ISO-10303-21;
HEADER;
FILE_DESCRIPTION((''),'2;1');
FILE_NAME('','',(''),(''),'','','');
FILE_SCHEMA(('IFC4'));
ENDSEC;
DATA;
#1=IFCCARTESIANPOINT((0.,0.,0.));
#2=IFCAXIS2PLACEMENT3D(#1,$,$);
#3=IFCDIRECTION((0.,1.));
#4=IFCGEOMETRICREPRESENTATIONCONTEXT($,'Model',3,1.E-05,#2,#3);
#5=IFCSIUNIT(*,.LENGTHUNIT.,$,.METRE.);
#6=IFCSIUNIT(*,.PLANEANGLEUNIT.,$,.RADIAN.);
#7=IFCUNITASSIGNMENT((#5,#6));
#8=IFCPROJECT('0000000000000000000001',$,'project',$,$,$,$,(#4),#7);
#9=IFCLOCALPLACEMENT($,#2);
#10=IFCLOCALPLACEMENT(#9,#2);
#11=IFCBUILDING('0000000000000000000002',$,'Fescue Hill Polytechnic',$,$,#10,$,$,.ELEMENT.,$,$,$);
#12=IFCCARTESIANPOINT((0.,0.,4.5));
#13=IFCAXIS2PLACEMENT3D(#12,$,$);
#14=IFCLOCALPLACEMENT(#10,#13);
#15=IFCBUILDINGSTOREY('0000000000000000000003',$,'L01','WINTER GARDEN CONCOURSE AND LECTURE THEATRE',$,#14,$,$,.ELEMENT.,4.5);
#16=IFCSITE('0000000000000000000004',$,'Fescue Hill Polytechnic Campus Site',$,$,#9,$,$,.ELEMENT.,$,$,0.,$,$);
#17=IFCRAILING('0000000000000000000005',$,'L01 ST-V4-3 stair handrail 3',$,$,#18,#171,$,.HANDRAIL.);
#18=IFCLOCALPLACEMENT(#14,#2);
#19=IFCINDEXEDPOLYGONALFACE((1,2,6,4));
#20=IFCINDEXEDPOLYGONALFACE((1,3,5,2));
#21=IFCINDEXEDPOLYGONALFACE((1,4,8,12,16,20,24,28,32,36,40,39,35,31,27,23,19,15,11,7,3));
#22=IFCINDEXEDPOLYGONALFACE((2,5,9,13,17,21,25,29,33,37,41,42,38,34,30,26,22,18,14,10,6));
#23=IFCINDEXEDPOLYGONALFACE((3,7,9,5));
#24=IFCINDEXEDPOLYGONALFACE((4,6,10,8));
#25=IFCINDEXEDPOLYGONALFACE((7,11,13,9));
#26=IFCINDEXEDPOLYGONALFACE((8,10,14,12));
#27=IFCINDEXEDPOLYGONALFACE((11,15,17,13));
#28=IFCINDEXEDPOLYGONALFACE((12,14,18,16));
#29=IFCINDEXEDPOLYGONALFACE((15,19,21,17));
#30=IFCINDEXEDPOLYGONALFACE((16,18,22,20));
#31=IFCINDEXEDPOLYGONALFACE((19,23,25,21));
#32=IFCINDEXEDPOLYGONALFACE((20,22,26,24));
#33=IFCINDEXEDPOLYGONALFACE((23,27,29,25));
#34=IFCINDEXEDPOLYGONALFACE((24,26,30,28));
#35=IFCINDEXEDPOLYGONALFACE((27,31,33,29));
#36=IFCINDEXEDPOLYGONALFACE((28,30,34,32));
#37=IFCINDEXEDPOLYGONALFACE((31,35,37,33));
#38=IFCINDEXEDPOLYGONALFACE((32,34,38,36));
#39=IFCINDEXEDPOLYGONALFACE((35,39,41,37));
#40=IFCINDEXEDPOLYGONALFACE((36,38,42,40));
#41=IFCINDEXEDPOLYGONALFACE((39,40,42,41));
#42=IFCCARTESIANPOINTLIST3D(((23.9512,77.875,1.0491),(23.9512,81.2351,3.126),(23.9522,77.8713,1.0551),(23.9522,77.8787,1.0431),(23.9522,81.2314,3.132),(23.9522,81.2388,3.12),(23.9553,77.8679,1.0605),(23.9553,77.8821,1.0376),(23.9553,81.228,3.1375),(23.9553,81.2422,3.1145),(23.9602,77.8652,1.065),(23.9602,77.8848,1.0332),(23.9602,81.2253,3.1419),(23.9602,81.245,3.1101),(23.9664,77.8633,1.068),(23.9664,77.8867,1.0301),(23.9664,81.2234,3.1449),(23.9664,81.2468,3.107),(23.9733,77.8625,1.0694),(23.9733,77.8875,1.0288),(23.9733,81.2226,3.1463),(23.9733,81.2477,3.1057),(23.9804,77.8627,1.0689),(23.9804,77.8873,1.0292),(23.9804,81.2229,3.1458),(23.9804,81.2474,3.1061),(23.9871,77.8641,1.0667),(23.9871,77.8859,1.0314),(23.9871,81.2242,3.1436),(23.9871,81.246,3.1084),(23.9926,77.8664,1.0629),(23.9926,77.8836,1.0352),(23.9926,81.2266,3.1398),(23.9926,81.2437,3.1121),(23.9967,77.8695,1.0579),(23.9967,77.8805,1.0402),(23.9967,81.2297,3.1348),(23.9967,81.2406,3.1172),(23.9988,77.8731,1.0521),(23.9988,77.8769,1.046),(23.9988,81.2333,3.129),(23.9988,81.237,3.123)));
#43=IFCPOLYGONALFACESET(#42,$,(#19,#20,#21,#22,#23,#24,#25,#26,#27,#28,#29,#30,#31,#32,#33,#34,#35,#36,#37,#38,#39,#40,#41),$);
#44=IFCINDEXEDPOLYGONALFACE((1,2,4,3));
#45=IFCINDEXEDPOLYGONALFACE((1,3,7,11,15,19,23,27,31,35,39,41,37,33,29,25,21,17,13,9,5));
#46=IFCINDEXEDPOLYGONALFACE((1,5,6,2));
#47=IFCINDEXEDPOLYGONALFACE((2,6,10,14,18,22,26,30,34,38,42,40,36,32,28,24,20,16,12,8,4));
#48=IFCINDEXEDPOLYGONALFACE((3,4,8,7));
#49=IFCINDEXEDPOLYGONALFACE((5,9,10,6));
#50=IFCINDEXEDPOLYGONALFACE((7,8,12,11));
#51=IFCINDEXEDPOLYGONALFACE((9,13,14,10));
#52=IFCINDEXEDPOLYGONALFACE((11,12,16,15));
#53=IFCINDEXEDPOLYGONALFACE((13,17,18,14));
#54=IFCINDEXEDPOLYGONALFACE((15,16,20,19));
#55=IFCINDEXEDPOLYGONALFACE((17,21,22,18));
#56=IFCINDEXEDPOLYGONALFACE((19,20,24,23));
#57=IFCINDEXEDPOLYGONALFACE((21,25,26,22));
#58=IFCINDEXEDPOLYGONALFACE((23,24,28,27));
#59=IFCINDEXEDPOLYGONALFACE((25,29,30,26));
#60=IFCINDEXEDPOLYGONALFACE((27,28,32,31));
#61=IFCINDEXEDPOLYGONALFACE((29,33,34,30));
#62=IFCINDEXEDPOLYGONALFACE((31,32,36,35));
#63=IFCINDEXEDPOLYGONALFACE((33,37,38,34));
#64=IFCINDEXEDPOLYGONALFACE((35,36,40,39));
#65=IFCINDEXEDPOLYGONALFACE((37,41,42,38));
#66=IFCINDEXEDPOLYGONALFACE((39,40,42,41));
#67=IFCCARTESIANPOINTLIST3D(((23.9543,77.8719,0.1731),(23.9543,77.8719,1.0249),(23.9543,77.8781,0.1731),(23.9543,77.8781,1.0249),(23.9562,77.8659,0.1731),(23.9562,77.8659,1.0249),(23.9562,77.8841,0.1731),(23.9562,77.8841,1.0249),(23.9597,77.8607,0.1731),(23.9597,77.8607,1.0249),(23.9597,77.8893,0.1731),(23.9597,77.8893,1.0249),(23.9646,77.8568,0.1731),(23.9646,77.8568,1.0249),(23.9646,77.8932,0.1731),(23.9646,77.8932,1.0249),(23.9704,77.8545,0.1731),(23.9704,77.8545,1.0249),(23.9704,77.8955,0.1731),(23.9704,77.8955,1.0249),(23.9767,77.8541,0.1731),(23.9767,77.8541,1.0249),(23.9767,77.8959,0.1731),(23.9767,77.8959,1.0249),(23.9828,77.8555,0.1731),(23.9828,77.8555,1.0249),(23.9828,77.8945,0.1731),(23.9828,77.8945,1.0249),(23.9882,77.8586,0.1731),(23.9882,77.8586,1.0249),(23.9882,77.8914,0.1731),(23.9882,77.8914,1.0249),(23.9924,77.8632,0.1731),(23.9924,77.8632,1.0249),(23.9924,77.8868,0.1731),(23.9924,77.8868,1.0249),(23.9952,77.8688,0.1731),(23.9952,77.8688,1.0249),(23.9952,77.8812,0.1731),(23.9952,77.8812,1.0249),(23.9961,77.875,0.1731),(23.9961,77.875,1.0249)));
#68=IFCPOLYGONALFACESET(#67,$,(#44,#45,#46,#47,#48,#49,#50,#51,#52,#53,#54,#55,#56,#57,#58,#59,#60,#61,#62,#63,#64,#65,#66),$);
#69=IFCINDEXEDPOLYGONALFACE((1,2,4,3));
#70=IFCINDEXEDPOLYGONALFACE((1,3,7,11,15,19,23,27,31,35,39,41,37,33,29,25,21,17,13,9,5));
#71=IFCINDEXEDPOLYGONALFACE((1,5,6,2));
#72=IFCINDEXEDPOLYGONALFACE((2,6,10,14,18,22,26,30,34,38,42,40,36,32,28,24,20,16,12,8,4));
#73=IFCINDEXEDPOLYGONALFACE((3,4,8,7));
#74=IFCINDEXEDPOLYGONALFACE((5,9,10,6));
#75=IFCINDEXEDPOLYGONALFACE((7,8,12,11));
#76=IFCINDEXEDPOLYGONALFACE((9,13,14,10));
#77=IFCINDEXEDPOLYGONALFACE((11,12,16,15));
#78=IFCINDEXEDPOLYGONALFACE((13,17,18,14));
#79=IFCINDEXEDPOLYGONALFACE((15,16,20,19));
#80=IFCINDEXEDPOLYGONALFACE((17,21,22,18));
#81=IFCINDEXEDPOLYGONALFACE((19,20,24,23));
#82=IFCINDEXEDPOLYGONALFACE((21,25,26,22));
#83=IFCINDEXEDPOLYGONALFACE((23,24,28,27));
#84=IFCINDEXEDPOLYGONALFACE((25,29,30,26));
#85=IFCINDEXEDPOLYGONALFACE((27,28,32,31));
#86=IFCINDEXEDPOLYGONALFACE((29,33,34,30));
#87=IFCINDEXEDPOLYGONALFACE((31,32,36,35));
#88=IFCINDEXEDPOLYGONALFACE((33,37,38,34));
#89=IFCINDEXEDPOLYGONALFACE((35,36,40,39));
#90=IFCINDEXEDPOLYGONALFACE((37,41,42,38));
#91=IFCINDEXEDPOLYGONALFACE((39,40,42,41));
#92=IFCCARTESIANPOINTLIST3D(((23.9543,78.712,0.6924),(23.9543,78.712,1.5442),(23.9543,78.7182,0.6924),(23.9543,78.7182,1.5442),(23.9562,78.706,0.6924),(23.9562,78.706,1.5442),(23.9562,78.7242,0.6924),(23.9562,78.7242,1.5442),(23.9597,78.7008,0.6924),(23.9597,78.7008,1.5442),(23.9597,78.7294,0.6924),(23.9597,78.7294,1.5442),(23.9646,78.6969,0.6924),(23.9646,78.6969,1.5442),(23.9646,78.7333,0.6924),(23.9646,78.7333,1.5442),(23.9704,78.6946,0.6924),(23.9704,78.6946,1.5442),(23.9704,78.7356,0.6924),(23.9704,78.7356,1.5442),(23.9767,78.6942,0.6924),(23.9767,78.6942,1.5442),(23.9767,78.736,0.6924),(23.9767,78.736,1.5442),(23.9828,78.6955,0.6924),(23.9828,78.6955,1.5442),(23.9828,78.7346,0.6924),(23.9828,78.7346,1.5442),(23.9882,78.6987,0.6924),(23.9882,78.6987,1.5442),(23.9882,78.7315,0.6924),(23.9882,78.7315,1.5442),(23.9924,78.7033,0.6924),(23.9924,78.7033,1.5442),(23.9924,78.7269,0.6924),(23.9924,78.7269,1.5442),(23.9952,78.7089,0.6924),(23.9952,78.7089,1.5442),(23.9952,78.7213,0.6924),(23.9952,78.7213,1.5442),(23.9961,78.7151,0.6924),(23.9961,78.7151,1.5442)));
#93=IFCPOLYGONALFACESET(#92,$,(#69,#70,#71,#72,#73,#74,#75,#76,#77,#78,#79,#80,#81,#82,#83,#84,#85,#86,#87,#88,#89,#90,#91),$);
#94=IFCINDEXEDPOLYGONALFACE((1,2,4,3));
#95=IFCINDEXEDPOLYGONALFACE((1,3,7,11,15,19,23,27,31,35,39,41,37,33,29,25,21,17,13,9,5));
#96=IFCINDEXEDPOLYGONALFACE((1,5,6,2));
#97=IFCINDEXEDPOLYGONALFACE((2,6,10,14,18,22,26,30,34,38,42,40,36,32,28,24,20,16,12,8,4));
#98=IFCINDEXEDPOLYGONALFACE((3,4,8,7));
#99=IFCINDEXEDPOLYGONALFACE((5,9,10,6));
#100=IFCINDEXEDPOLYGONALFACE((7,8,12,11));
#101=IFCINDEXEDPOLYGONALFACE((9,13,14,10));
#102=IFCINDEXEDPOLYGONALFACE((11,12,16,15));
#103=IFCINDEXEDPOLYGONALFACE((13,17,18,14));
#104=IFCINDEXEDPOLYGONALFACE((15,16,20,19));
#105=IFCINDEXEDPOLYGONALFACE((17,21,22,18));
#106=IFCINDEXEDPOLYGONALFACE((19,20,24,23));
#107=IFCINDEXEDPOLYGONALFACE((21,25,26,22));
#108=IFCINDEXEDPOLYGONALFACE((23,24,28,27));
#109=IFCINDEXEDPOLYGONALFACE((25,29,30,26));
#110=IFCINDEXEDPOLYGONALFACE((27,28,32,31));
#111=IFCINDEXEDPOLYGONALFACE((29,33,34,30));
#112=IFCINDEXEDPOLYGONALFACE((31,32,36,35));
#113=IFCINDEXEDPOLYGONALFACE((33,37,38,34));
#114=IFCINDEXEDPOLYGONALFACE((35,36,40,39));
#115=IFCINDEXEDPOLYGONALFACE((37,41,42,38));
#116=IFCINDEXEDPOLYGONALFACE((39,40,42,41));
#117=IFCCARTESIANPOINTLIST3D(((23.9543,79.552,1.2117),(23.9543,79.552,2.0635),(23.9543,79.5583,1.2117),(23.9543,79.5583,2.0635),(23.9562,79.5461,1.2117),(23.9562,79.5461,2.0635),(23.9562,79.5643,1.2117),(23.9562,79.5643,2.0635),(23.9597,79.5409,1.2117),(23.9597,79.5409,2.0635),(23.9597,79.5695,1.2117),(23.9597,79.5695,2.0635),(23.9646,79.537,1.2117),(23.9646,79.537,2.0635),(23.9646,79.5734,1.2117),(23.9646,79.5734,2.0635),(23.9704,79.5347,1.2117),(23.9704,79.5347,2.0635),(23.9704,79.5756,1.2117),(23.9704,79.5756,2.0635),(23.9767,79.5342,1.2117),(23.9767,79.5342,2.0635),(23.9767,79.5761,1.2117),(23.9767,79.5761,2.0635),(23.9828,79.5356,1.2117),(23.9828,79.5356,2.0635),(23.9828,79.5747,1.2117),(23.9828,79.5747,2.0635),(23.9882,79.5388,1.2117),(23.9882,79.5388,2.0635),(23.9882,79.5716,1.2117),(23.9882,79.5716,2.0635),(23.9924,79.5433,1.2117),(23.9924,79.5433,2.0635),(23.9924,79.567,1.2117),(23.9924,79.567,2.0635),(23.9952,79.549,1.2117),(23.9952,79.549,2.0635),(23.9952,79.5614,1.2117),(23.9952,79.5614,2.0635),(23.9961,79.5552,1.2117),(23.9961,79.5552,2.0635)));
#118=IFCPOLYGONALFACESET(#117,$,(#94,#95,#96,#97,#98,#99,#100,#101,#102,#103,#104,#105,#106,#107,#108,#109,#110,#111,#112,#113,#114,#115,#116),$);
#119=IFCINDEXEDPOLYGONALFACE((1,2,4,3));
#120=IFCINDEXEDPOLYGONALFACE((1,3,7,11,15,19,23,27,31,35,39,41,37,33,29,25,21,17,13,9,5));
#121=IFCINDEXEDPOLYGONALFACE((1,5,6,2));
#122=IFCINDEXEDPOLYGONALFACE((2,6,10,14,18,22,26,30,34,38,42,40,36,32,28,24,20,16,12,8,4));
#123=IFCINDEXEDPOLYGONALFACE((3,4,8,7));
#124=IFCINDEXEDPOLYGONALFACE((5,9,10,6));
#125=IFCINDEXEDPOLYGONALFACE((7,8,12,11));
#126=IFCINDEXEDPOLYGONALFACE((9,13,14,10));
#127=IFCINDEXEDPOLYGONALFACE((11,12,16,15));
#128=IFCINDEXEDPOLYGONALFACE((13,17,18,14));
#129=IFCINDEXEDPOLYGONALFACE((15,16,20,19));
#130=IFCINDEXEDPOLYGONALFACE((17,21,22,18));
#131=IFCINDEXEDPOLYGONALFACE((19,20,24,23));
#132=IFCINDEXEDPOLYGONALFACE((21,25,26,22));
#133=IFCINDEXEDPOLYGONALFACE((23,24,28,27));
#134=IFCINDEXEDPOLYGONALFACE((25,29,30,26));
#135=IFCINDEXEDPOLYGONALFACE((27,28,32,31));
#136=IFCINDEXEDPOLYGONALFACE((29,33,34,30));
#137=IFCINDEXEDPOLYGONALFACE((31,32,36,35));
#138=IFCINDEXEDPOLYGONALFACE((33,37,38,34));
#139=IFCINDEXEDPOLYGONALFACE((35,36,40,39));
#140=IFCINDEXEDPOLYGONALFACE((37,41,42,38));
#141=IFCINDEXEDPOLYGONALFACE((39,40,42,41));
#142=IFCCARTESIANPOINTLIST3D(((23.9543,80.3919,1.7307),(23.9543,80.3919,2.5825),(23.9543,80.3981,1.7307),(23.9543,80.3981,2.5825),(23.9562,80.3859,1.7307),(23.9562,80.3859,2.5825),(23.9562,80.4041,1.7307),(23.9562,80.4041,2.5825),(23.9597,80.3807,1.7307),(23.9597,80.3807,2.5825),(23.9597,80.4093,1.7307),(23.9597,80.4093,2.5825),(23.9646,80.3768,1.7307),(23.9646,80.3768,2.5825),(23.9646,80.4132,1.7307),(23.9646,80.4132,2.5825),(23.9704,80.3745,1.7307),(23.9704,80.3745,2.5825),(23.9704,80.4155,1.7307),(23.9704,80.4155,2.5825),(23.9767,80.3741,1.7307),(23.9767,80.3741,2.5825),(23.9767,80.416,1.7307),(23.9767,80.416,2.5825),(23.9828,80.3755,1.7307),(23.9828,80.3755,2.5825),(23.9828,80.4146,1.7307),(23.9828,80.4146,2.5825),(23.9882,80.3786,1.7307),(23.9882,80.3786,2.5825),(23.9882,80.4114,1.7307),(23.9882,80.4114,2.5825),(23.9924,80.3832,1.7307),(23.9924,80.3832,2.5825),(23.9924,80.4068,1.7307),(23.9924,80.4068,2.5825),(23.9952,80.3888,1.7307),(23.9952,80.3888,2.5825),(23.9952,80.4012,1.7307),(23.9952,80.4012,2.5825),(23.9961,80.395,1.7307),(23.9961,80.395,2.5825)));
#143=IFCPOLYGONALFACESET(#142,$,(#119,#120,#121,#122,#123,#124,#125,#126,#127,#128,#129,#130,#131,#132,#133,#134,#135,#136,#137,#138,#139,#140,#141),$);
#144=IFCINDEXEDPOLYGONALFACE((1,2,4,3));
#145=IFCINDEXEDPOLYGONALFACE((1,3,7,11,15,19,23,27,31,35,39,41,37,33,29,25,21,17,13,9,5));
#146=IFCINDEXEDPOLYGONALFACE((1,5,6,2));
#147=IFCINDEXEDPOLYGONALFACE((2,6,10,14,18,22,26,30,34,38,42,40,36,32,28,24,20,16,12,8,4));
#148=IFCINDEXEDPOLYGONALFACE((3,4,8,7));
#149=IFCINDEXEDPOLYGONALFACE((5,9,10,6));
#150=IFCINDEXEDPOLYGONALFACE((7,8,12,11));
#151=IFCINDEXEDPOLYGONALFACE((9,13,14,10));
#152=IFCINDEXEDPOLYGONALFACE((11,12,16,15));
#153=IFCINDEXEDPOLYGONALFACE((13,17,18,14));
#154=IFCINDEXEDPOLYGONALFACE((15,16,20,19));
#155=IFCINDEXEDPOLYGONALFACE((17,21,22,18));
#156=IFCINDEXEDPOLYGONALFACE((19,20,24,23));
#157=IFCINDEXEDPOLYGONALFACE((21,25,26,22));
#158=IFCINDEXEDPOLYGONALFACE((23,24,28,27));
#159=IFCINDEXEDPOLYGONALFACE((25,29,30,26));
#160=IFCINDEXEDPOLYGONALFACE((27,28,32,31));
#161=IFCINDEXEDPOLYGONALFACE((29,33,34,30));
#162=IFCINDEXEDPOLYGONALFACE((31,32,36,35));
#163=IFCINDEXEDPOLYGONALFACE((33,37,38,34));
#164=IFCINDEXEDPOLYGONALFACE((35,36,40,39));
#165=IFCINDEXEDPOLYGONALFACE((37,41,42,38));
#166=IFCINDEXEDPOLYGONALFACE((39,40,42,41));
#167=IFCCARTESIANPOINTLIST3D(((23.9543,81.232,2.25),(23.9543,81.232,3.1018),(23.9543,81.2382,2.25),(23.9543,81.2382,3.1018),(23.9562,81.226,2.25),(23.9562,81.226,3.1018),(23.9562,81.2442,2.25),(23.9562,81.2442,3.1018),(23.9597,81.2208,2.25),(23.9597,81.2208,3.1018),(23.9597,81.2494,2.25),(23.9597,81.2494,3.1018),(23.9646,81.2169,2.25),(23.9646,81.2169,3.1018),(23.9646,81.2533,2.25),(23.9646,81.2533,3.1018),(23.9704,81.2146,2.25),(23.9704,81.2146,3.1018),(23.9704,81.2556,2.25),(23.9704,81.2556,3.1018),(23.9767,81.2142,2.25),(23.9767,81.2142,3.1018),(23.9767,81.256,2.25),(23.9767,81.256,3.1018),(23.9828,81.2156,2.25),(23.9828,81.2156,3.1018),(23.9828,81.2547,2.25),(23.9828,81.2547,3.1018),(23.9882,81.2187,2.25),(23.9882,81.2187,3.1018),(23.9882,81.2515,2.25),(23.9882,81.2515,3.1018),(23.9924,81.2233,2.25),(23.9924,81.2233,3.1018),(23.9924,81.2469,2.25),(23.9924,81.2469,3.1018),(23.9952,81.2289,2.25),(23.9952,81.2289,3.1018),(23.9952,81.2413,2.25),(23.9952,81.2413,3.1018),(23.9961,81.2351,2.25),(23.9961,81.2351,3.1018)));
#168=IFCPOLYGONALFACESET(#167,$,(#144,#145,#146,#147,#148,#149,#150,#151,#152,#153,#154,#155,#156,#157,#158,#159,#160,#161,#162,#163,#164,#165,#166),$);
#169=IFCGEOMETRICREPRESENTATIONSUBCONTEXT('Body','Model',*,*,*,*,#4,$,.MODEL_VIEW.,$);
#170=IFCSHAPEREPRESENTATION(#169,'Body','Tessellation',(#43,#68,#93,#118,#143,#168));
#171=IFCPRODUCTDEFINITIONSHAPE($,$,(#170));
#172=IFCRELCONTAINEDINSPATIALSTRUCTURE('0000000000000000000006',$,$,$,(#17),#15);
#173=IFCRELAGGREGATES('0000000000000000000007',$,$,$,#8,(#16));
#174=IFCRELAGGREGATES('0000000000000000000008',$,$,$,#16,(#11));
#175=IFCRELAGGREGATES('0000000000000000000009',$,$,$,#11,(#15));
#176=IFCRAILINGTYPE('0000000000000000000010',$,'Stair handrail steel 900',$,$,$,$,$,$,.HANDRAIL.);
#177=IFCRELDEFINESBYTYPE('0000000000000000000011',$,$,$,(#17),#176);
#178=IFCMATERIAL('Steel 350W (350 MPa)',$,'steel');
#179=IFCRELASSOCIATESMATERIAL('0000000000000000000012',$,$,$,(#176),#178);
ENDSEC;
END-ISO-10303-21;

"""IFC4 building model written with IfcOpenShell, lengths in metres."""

from ifc_helpers import new_model, si_unit, direction, frame, origin, origin_2d, place, context, subcontext, project, spatial, circle, extrude, material, type_object, element, save


model = new_model("IFC4")

# Units and contexts
model_context = context("Model", 3, precision=1e-05, world=origin(), true_north=direction((0.0, 1.0)))
body_context = subcontext(model_context, "Body", "Model", "MODEL_VIEW")
ifc_project = project(units=[si_unit("LENGTHUNIT", "METRE"), si_unit("PLANEANGLEUNIT", "RADIAN")], contexts=[model_context])

# Site, building, storey
site_placement = place(None, origin())
site = spatial("IfcSite", under=ifc_project, at=site_placement, Name="Fescue Hill Polytechnic Campus Site", CompositionType="ELEMENT", RefElevation=0.0)
building_placement = place(site_placement, origin())
building = spatial("IfcBuilding", under=site, at=building_placement, Name="Fescue Hill Polytechnic", CompositionType="ELEMENT")
storey_placement = place(building_placement, frame((0.0, 0.0, 4.5)))
storey = spatial("IfcBuildingStorey", under=building, at=storey_placement, Name="L01", Description="WINTER GARDEN CONCOURSE AND LECTURE THEATRE", CompositionType="ELEMENT", Elevation=4.5)

# Railing
ifc_material_1 = material(Name="Steel 350W (350 MPa)", Category="steel")
railing_type_1 = type_object("IfcRailingType", Name="Stair handrail steel 900", PredefinedType="HANDRAIL", material=ifc_material_1)
for number, where, name in (
    (1, (23.9751, 77.875, 0.1731), "L01 ST-V4-3 stair handrail 3"),
):
    element("IfcRailing", number, at=place(storey_placement, frame(where)), inside=storey, type_object=railing_type_1, Name=name, PredefinedType="HANDRAIL", context=body_context, shape_type="SweptSolid", body=[
        extrude(circle(Radius=0.0239, at=origin_2d()), frame((0.0, 0.0, 0.876), z_axis=(0.0, 0.850623, 0.525776), x_axis=(-1.0, 0.0, 0.0)), (0.0, 0.0, 1.0), 3.9502),
        extrude(circle(Radius=0.021, at=origin_2d()), origin(), (0.0, 0.0, 1.0), 0.8518),
        extrude(circle(Radius=0.021, at=origin_2d()), frame((0.0, 0.8401, 0.5193)), (0.0, 0.0, 1.0), 0.8518),
        extrude(circle(Radius=0.021, at=origin_2d()), frame((0.0, 1.6802, 1.0386)), (0.0, 0.0, 1.0), 0.8518),
        extrude(circle(Radius=0.021, at=origin_2d()), frame((0.0, 2.52, 1.5576)), (0.0, 0.0, 1.0), 0.8518),
        extrude(circle(Radius=0.021, at=origin_2d()), frame((0.0, 3.3601, 2.0769)), (0.0, 0.0, 1.0), 0.8518),
    ])

save(model, "model.ifc")
